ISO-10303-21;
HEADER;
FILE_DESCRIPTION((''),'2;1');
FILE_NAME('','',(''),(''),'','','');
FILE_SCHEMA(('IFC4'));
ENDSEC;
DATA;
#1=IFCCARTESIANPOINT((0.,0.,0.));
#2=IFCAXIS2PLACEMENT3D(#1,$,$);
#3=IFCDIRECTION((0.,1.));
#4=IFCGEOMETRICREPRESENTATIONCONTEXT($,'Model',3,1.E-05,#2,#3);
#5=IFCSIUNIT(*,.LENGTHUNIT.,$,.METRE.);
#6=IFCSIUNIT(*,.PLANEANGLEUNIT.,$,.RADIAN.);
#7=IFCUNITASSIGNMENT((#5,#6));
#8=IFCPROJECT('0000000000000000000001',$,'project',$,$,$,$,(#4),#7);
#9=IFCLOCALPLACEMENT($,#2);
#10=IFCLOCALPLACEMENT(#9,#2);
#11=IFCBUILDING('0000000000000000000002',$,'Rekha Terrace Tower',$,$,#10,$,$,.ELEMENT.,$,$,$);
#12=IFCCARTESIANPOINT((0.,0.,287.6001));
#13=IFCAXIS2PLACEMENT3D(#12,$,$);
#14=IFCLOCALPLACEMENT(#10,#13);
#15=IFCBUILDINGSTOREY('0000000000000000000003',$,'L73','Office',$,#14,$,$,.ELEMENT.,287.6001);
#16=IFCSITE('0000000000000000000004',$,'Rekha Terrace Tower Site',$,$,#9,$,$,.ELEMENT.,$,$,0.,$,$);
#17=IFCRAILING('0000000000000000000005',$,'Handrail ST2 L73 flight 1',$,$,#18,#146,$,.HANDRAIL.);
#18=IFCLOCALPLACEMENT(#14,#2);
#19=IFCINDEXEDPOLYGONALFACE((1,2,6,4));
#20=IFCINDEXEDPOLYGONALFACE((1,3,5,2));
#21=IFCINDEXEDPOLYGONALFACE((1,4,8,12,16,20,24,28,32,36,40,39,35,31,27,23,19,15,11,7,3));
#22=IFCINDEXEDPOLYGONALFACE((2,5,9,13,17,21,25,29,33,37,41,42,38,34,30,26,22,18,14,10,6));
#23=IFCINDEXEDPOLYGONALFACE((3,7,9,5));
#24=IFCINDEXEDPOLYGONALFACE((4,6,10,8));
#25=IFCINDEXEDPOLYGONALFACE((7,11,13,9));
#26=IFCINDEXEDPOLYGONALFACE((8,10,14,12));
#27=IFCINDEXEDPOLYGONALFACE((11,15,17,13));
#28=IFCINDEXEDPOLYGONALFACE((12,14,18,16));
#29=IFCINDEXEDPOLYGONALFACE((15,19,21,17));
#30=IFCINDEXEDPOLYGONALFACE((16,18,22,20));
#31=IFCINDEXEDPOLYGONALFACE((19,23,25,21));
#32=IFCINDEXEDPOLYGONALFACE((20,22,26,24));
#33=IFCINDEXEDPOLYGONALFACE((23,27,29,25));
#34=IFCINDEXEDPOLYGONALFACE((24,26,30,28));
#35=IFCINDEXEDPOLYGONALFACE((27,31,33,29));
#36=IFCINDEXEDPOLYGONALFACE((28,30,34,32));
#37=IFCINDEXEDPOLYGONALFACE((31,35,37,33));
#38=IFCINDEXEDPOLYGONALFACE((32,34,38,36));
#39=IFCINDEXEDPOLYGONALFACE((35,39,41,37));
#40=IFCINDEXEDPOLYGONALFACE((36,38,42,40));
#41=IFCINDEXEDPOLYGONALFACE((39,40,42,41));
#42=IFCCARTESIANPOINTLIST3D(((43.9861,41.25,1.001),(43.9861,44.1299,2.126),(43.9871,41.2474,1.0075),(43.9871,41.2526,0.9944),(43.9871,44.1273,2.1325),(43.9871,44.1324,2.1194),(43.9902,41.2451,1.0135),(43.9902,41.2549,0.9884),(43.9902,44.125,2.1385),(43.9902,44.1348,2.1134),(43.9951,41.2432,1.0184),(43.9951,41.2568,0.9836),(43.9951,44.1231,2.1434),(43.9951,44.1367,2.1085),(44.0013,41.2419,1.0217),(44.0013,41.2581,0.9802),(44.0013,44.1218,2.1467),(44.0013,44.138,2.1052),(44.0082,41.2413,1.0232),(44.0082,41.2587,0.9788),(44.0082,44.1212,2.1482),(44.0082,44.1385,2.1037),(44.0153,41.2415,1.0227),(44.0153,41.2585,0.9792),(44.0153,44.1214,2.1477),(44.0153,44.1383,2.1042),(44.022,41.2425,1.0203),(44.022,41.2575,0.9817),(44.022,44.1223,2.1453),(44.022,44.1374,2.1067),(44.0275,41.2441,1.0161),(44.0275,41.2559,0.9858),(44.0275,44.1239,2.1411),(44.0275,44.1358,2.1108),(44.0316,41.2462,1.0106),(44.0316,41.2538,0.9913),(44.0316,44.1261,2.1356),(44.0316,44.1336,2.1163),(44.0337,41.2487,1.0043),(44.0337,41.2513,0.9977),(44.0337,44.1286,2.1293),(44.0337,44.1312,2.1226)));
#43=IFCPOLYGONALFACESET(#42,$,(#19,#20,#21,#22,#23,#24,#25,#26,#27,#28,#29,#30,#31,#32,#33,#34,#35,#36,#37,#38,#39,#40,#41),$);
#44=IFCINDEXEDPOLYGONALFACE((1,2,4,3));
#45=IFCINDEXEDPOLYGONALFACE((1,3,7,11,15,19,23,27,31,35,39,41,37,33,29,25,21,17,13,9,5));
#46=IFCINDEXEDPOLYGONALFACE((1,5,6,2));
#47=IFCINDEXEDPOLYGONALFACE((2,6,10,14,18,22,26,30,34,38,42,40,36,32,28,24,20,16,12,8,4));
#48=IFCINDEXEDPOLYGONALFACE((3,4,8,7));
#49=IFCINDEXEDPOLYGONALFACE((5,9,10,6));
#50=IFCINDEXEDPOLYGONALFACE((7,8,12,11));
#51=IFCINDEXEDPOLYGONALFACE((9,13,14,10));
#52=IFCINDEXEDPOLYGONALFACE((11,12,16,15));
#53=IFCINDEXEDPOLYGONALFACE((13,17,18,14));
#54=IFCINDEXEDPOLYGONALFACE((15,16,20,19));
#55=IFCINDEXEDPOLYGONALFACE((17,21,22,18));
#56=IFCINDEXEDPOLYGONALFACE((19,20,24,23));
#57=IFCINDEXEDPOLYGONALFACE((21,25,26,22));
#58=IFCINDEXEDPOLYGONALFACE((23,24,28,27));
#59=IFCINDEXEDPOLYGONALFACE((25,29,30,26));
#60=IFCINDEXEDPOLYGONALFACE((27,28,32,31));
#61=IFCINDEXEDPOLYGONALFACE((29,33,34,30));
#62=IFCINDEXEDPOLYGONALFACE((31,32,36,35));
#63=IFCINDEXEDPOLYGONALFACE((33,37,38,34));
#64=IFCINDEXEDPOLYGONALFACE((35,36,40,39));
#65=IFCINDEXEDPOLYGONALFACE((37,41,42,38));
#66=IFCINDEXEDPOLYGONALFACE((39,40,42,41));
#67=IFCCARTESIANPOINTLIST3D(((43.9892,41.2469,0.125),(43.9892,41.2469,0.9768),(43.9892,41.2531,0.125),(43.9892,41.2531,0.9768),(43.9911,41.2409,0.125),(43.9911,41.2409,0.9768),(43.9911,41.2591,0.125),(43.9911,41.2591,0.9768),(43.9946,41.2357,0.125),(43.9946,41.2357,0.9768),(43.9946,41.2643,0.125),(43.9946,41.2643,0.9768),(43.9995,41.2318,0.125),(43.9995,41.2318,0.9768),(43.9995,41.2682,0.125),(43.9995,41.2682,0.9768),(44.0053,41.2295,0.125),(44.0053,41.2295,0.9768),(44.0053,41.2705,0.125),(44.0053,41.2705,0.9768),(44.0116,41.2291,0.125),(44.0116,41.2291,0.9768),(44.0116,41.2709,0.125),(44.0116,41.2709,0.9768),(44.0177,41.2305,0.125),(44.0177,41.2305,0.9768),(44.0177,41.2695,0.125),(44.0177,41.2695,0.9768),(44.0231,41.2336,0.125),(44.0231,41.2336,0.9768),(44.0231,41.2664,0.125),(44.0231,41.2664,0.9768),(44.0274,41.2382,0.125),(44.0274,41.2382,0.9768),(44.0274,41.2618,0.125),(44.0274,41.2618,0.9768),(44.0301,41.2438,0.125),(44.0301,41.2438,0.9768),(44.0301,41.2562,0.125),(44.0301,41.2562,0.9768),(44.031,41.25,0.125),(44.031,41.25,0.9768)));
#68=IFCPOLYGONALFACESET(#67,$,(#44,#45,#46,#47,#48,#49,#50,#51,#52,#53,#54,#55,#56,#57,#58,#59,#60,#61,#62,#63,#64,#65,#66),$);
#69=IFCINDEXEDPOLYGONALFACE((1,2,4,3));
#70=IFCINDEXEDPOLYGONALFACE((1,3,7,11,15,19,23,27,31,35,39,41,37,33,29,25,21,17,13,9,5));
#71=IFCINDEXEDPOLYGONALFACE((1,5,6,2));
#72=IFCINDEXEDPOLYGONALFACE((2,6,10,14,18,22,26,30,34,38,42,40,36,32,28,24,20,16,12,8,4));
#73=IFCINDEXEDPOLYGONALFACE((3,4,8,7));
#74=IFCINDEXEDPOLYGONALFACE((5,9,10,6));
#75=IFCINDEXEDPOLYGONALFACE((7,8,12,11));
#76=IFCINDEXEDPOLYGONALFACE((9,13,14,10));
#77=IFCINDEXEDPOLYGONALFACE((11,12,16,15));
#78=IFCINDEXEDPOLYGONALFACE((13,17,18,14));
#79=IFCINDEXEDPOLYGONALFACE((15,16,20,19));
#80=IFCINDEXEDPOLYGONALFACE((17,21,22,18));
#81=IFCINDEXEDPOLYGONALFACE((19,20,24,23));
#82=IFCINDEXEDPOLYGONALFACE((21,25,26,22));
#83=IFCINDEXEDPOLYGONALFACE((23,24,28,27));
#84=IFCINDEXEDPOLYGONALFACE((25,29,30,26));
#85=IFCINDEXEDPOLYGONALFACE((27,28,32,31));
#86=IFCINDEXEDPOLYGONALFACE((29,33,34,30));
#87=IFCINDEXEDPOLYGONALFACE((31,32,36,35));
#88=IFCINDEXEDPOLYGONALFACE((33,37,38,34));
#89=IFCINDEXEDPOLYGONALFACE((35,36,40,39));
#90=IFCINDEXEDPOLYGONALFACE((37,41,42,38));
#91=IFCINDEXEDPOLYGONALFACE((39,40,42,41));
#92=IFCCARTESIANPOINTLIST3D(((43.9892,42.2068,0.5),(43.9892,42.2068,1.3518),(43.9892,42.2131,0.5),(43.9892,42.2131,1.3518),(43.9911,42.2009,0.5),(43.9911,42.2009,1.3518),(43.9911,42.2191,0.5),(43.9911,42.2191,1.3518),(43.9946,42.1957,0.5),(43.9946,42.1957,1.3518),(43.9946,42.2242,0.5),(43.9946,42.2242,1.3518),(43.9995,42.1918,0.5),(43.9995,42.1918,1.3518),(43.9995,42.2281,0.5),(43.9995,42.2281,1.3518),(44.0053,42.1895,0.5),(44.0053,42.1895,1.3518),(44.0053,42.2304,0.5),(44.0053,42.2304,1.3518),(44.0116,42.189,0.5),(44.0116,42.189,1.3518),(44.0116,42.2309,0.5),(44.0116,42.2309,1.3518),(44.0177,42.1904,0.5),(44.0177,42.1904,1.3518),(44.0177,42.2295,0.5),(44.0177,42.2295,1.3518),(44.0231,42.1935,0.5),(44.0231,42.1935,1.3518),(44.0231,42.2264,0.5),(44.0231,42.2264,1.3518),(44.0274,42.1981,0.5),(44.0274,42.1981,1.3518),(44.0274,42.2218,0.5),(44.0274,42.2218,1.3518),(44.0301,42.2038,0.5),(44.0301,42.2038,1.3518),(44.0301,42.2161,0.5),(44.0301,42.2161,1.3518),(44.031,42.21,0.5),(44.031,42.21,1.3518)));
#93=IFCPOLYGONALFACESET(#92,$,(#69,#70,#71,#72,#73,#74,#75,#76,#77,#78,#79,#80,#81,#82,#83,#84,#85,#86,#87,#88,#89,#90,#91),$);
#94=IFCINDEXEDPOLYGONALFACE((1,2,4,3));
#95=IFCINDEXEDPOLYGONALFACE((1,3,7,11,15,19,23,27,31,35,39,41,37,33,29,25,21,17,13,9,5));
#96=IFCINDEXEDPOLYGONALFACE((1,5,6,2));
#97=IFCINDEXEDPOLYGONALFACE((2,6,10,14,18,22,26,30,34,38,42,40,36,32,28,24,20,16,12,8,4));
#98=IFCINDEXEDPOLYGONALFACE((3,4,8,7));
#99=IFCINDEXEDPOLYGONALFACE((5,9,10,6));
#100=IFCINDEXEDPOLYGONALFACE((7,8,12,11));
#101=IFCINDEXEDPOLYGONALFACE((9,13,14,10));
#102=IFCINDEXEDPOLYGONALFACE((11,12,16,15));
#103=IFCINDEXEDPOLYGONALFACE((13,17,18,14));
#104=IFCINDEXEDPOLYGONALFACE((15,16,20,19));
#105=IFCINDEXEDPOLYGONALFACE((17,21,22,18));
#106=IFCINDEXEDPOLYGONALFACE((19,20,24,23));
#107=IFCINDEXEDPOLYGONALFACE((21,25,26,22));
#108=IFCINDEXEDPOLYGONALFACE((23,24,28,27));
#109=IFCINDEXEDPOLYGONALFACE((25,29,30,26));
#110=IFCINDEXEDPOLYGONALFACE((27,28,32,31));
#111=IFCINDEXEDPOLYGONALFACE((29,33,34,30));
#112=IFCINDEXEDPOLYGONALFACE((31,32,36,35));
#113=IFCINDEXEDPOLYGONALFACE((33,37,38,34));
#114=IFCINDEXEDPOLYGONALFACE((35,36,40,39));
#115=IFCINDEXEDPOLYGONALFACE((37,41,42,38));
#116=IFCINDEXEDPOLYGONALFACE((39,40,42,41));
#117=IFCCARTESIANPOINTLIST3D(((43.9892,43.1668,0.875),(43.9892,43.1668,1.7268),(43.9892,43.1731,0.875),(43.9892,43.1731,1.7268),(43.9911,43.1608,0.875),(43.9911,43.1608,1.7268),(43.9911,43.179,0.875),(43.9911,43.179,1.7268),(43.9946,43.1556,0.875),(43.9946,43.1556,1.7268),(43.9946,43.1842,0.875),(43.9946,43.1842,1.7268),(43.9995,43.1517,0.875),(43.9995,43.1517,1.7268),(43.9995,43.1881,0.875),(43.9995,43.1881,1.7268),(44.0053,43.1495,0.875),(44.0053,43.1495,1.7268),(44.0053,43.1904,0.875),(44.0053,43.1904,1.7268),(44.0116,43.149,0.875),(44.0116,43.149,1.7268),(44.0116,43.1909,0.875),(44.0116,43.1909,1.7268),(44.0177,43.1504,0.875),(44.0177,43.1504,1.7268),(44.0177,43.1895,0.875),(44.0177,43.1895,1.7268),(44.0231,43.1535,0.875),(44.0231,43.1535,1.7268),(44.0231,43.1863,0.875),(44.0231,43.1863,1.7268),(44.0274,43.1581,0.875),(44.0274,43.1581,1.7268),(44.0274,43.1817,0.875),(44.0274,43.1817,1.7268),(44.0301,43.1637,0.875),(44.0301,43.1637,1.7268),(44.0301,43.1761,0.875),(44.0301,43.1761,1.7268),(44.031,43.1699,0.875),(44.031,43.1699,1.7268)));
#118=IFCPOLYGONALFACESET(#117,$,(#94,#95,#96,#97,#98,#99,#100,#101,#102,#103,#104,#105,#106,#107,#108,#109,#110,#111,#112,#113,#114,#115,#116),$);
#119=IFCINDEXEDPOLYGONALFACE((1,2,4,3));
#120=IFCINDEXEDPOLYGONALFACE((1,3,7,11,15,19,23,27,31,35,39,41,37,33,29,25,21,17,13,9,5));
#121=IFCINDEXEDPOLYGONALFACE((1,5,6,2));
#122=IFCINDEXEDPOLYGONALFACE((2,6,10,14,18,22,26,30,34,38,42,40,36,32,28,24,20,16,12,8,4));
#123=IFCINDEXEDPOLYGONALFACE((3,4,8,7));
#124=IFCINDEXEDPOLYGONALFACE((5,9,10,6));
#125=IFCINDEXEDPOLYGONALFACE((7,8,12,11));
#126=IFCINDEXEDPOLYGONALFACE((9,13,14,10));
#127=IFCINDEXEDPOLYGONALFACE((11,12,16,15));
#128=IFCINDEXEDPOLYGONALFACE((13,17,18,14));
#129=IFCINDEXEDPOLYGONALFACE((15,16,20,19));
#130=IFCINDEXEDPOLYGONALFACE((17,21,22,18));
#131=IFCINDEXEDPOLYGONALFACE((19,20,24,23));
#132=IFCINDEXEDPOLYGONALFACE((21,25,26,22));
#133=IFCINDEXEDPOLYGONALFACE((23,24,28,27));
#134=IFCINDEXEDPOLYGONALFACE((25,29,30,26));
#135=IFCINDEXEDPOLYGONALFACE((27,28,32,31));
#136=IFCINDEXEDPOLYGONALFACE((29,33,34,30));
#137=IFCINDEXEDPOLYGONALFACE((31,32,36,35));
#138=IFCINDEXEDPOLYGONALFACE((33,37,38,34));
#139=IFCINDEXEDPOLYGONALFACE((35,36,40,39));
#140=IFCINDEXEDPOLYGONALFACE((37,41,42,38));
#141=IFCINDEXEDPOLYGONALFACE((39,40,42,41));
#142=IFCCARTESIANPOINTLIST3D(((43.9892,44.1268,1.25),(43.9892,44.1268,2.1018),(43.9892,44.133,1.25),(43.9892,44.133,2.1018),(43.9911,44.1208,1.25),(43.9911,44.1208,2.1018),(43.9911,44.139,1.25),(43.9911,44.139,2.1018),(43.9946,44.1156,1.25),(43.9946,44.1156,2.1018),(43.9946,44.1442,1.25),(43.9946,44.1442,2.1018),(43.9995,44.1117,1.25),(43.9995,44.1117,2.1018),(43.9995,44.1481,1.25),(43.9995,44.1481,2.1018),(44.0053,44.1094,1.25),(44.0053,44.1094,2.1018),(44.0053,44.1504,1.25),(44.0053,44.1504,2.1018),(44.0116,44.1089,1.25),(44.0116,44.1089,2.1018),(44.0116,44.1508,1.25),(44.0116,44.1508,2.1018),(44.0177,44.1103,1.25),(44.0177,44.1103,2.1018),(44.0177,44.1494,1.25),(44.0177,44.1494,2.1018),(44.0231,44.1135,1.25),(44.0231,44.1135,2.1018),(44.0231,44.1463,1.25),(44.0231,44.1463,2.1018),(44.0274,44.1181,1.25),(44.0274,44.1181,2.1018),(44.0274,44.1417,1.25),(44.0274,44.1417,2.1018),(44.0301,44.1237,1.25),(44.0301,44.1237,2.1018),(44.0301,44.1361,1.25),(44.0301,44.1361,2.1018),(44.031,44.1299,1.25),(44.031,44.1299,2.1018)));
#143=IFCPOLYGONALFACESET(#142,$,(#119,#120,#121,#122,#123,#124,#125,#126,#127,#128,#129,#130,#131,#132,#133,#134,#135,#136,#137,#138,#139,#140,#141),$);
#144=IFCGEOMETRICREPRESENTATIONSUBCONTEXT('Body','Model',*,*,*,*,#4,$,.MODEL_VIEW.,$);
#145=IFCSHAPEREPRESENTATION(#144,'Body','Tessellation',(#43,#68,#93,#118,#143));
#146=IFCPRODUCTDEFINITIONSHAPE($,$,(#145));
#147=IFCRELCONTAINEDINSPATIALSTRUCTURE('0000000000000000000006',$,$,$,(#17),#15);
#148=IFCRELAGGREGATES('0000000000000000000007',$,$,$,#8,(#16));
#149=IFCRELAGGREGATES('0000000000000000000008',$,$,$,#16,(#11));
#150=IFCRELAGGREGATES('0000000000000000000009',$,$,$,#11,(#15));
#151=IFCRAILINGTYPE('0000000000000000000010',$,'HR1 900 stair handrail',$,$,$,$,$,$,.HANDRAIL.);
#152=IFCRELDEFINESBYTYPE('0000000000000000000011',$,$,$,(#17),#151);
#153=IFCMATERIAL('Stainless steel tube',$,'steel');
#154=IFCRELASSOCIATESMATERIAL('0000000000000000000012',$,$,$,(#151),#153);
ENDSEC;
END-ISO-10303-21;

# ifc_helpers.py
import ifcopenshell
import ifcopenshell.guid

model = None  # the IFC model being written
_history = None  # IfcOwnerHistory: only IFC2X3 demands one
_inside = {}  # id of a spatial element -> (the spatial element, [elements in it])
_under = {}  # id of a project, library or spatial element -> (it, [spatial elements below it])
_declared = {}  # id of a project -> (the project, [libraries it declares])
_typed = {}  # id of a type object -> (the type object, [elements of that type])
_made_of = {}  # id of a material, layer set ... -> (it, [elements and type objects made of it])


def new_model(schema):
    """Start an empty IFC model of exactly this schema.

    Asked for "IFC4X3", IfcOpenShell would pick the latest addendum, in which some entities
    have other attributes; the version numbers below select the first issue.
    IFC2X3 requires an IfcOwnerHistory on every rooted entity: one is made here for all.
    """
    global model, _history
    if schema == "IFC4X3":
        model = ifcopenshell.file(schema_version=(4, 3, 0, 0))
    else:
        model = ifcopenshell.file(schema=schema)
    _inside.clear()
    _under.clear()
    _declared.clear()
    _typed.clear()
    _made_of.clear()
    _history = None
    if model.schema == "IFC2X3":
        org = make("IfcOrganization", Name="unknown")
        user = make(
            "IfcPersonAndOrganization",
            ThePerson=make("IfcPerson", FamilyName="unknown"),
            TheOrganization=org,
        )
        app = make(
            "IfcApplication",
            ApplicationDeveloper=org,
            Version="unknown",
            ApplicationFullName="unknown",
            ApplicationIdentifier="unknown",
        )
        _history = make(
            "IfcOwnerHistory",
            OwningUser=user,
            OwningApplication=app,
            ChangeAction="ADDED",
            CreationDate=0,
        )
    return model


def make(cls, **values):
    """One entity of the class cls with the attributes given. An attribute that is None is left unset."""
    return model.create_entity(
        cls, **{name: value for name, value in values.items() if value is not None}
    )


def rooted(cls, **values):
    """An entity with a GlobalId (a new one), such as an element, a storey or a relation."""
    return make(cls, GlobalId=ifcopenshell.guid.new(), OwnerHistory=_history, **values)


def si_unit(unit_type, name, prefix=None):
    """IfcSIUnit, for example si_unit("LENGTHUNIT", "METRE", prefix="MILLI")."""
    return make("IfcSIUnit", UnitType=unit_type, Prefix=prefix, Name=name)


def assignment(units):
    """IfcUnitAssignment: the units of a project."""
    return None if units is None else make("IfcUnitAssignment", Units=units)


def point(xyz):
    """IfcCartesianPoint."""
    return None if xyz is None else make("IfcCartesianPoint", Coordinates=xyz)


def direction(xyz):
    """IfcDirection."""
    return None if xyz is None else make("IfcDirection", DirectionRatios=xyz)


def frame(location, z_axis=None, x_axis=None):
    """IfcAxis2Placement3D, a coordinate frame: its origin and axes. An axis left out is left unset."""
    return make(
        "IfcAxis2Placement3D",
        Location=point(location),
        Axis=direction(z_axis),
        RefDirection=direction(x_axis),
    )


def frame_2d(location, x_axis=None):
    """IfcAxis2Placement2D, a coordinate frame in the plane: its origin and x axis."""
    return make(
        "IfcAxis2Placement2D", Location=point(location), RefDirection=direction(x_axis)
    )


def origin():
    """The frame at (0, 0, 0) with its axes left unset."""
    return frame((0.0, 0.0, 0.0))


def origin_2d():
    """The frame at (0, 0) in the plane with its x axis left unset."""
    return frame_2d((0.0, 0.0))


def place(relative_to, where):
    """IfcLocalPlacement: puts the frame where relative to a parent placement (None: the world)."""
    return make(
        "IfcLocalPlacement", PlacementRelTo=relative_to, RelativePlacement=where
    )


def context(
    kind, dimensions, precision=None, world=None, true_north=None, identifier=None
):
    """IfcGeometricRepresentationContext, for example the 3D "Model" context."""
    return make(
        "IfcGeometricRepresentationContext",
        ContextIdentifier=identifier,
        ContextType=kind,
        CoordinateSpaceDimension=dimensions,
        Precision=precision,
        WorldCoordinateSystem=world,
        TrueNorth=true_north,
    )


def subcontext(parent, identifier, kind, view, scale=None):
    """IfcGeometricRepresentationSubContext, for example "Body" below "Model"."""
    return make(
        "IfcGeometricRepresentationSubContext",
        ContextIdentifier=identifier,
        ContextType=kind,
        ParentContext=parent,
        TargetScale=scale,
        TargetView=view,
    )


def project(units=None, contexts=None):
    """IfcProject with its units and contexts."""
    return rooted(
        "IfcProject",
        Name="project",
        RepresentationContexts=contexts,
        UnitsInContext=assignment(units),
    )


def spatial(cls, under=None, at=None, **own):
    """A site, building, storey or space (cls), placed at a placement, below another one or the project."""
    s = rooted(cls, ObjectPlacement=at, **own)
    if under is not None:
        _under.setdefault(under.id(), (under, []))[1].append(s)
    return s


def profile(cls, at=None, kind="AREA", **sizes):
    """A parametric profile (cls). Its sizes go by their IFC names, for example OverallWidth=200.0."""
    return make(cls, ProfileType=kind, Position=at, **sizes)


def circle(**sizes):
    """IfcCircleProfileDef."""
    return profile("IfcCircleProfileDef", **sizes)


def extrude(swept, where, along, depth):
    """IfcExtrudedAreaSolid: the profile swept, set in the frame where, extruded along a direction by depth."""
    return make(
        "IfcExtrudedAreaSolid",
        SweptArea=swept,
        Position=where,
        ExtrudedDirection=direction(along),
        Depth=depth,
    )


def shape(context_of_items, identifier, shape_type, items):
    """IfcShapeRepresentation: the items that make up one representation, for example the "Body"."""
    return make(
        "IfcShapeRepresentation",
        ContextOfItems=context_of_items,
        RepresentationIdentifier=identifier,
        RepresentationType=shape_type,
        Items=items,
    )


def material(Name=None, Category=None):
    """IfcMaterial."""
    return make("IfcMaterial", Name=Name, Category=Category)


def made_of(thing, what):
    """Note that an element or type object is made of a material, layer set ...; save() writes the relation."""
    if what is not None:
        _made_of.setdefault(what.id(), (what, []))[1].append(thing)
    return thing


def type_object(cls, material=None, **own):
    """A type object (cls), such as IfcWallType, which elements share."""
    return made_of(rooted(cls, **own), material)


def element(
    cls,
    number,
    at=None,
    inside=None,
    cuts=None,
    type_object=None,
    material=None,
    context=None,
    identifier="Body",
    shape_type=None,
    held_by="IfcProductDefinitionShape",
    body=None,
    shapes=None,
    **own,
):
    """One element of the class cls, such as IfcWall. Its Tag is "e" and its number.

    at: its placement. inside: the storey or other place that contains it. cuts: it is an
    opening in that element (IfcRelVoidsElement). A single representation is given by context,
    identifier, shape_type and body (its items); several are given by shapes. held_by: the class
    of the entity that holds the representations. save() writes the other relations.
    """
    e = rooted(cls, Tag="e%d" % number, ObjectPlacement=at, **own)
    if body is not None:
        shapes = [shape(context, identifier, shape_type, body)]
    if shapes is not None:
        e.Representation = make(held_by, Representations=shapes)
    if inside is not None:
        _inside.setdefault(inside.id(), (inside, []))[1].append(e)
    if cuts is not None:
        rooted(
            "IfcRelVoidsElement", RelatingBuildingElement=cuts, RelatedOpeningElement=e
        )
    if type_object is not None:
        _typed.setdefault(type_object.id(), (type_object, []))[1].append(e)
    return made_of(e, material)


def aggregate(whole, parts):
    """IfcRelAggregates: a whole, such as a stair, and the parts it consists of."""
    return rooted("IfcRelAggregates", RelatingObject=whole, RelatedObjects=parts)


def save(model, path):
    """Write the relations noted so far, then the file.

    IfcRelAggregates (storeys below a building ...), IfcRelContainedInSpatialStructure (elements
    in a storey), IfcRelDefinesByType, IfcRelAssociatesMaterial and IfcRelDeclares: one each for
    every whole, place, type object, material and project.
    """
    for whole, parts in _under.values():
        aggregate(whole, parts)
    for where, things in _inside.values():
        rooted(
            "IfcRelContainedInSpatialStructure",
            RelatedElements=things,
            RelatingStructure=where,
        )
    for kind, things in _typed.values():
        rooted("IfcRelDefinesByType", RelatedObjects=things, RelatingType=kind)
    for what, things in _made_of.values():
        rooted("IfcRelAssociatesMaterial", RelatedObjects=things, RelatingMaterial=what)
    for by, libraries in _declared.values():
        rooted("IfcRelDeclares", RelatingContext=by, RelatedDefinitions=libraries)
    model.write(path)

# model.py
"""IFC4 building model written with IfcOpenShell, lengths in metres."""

from ifc_helpers import new_model, si_unit, direction, frame, origin, origin_2d, place, context, subcontext, project, spatial, circle, extrude, material, type_object, element, save


model = new_model("IFC4")

# Units and contexts
model_context = context("Model", 3, precision=1e-05, world=origin(), true_north=direction((0.0, 1.0)))
body_context = subcontext(model_context, "Body", "Model", "MODEL_VIEW")
ifc_project = project(units=[si_unit("LENGTHUNIT", "METRE"), si_unit("PLANEANGLEUNIT", "RADIAN")], contexts=[model_context])

# Site, building, storey
site_placement = place(None, origin())
site = spatial("IfcSite", under=ifc_project, at=site_placement, Name="Rekha Terrace Tower Site", CompositionType="ELEMENT", RefElevation=0.0)
building_placement = place(site_placement, origin())
building = spatial("IfcBuilding", under=site, at=building_placement, Name="Rekha Terrace Tower", CompositionType="ELEMENT")
storey_placement = place(building_placement, frame((0.0, 0.0, 287.6001)))
storey = spatial("IfcBuildingStorey", under=building, at=storey_placement, Name="L73", Description="Office", CompositionType="ELEMENT", Elevation=287.6001)

# Railing
ifc_material_1 = material(Name="Stainless steel tube", Category="steel")
railing_type_1 = type_object("IfcRailingType", Name="HR1 900 stair handrail", PredefinedType="HANDRAIL", material=ifc_material_1)
for number, where, name in (
    (1, (44.01, 41.25, 0.125), "Handrail ST2 L73 flight 1"),
):
    element("IfcRailing", number, at=place(storey_placement, frame(where)), inside=storey, type_object=railing_type_1, Name=name, PredefinedType="HANDRAIL", context=body_context, shape_type="SweptSolid", body=[
        extrude(circle(Radius=0.0239, at=origin_2d()), frame((0.0, 0.0, 0.876), z_axis=(0.0, 0.931452, 0.363863), x_axis=(-1.0, 0.0, 0.0)), (0.0, 0.0, 1.0), 3.0918),
        extrude(circle(Radius=0.021, at=origin_2d()), origin(), (0.0, 0.0, 1.0), 0.8518),
        extrude(circle(Radius=0.021, at=origin_2d()), frame((0.0, 0.96, 0.375)), (0.0, 0.0, 1.0), 0.8518),
        extrude(circle(Radius=0.021, at=origin_2d()), frame((0.0, 1.9199, 0.75)), (0.0, 0.0, 1.0), 0.8518),
        extrude(circle(Radius=0.021, at=origin_2d()), frame((0.0, 2.8799, 1.125)), (0.0, 0.0, 1.0), 0.8518),
    ])

save(model, "model.ifc")
